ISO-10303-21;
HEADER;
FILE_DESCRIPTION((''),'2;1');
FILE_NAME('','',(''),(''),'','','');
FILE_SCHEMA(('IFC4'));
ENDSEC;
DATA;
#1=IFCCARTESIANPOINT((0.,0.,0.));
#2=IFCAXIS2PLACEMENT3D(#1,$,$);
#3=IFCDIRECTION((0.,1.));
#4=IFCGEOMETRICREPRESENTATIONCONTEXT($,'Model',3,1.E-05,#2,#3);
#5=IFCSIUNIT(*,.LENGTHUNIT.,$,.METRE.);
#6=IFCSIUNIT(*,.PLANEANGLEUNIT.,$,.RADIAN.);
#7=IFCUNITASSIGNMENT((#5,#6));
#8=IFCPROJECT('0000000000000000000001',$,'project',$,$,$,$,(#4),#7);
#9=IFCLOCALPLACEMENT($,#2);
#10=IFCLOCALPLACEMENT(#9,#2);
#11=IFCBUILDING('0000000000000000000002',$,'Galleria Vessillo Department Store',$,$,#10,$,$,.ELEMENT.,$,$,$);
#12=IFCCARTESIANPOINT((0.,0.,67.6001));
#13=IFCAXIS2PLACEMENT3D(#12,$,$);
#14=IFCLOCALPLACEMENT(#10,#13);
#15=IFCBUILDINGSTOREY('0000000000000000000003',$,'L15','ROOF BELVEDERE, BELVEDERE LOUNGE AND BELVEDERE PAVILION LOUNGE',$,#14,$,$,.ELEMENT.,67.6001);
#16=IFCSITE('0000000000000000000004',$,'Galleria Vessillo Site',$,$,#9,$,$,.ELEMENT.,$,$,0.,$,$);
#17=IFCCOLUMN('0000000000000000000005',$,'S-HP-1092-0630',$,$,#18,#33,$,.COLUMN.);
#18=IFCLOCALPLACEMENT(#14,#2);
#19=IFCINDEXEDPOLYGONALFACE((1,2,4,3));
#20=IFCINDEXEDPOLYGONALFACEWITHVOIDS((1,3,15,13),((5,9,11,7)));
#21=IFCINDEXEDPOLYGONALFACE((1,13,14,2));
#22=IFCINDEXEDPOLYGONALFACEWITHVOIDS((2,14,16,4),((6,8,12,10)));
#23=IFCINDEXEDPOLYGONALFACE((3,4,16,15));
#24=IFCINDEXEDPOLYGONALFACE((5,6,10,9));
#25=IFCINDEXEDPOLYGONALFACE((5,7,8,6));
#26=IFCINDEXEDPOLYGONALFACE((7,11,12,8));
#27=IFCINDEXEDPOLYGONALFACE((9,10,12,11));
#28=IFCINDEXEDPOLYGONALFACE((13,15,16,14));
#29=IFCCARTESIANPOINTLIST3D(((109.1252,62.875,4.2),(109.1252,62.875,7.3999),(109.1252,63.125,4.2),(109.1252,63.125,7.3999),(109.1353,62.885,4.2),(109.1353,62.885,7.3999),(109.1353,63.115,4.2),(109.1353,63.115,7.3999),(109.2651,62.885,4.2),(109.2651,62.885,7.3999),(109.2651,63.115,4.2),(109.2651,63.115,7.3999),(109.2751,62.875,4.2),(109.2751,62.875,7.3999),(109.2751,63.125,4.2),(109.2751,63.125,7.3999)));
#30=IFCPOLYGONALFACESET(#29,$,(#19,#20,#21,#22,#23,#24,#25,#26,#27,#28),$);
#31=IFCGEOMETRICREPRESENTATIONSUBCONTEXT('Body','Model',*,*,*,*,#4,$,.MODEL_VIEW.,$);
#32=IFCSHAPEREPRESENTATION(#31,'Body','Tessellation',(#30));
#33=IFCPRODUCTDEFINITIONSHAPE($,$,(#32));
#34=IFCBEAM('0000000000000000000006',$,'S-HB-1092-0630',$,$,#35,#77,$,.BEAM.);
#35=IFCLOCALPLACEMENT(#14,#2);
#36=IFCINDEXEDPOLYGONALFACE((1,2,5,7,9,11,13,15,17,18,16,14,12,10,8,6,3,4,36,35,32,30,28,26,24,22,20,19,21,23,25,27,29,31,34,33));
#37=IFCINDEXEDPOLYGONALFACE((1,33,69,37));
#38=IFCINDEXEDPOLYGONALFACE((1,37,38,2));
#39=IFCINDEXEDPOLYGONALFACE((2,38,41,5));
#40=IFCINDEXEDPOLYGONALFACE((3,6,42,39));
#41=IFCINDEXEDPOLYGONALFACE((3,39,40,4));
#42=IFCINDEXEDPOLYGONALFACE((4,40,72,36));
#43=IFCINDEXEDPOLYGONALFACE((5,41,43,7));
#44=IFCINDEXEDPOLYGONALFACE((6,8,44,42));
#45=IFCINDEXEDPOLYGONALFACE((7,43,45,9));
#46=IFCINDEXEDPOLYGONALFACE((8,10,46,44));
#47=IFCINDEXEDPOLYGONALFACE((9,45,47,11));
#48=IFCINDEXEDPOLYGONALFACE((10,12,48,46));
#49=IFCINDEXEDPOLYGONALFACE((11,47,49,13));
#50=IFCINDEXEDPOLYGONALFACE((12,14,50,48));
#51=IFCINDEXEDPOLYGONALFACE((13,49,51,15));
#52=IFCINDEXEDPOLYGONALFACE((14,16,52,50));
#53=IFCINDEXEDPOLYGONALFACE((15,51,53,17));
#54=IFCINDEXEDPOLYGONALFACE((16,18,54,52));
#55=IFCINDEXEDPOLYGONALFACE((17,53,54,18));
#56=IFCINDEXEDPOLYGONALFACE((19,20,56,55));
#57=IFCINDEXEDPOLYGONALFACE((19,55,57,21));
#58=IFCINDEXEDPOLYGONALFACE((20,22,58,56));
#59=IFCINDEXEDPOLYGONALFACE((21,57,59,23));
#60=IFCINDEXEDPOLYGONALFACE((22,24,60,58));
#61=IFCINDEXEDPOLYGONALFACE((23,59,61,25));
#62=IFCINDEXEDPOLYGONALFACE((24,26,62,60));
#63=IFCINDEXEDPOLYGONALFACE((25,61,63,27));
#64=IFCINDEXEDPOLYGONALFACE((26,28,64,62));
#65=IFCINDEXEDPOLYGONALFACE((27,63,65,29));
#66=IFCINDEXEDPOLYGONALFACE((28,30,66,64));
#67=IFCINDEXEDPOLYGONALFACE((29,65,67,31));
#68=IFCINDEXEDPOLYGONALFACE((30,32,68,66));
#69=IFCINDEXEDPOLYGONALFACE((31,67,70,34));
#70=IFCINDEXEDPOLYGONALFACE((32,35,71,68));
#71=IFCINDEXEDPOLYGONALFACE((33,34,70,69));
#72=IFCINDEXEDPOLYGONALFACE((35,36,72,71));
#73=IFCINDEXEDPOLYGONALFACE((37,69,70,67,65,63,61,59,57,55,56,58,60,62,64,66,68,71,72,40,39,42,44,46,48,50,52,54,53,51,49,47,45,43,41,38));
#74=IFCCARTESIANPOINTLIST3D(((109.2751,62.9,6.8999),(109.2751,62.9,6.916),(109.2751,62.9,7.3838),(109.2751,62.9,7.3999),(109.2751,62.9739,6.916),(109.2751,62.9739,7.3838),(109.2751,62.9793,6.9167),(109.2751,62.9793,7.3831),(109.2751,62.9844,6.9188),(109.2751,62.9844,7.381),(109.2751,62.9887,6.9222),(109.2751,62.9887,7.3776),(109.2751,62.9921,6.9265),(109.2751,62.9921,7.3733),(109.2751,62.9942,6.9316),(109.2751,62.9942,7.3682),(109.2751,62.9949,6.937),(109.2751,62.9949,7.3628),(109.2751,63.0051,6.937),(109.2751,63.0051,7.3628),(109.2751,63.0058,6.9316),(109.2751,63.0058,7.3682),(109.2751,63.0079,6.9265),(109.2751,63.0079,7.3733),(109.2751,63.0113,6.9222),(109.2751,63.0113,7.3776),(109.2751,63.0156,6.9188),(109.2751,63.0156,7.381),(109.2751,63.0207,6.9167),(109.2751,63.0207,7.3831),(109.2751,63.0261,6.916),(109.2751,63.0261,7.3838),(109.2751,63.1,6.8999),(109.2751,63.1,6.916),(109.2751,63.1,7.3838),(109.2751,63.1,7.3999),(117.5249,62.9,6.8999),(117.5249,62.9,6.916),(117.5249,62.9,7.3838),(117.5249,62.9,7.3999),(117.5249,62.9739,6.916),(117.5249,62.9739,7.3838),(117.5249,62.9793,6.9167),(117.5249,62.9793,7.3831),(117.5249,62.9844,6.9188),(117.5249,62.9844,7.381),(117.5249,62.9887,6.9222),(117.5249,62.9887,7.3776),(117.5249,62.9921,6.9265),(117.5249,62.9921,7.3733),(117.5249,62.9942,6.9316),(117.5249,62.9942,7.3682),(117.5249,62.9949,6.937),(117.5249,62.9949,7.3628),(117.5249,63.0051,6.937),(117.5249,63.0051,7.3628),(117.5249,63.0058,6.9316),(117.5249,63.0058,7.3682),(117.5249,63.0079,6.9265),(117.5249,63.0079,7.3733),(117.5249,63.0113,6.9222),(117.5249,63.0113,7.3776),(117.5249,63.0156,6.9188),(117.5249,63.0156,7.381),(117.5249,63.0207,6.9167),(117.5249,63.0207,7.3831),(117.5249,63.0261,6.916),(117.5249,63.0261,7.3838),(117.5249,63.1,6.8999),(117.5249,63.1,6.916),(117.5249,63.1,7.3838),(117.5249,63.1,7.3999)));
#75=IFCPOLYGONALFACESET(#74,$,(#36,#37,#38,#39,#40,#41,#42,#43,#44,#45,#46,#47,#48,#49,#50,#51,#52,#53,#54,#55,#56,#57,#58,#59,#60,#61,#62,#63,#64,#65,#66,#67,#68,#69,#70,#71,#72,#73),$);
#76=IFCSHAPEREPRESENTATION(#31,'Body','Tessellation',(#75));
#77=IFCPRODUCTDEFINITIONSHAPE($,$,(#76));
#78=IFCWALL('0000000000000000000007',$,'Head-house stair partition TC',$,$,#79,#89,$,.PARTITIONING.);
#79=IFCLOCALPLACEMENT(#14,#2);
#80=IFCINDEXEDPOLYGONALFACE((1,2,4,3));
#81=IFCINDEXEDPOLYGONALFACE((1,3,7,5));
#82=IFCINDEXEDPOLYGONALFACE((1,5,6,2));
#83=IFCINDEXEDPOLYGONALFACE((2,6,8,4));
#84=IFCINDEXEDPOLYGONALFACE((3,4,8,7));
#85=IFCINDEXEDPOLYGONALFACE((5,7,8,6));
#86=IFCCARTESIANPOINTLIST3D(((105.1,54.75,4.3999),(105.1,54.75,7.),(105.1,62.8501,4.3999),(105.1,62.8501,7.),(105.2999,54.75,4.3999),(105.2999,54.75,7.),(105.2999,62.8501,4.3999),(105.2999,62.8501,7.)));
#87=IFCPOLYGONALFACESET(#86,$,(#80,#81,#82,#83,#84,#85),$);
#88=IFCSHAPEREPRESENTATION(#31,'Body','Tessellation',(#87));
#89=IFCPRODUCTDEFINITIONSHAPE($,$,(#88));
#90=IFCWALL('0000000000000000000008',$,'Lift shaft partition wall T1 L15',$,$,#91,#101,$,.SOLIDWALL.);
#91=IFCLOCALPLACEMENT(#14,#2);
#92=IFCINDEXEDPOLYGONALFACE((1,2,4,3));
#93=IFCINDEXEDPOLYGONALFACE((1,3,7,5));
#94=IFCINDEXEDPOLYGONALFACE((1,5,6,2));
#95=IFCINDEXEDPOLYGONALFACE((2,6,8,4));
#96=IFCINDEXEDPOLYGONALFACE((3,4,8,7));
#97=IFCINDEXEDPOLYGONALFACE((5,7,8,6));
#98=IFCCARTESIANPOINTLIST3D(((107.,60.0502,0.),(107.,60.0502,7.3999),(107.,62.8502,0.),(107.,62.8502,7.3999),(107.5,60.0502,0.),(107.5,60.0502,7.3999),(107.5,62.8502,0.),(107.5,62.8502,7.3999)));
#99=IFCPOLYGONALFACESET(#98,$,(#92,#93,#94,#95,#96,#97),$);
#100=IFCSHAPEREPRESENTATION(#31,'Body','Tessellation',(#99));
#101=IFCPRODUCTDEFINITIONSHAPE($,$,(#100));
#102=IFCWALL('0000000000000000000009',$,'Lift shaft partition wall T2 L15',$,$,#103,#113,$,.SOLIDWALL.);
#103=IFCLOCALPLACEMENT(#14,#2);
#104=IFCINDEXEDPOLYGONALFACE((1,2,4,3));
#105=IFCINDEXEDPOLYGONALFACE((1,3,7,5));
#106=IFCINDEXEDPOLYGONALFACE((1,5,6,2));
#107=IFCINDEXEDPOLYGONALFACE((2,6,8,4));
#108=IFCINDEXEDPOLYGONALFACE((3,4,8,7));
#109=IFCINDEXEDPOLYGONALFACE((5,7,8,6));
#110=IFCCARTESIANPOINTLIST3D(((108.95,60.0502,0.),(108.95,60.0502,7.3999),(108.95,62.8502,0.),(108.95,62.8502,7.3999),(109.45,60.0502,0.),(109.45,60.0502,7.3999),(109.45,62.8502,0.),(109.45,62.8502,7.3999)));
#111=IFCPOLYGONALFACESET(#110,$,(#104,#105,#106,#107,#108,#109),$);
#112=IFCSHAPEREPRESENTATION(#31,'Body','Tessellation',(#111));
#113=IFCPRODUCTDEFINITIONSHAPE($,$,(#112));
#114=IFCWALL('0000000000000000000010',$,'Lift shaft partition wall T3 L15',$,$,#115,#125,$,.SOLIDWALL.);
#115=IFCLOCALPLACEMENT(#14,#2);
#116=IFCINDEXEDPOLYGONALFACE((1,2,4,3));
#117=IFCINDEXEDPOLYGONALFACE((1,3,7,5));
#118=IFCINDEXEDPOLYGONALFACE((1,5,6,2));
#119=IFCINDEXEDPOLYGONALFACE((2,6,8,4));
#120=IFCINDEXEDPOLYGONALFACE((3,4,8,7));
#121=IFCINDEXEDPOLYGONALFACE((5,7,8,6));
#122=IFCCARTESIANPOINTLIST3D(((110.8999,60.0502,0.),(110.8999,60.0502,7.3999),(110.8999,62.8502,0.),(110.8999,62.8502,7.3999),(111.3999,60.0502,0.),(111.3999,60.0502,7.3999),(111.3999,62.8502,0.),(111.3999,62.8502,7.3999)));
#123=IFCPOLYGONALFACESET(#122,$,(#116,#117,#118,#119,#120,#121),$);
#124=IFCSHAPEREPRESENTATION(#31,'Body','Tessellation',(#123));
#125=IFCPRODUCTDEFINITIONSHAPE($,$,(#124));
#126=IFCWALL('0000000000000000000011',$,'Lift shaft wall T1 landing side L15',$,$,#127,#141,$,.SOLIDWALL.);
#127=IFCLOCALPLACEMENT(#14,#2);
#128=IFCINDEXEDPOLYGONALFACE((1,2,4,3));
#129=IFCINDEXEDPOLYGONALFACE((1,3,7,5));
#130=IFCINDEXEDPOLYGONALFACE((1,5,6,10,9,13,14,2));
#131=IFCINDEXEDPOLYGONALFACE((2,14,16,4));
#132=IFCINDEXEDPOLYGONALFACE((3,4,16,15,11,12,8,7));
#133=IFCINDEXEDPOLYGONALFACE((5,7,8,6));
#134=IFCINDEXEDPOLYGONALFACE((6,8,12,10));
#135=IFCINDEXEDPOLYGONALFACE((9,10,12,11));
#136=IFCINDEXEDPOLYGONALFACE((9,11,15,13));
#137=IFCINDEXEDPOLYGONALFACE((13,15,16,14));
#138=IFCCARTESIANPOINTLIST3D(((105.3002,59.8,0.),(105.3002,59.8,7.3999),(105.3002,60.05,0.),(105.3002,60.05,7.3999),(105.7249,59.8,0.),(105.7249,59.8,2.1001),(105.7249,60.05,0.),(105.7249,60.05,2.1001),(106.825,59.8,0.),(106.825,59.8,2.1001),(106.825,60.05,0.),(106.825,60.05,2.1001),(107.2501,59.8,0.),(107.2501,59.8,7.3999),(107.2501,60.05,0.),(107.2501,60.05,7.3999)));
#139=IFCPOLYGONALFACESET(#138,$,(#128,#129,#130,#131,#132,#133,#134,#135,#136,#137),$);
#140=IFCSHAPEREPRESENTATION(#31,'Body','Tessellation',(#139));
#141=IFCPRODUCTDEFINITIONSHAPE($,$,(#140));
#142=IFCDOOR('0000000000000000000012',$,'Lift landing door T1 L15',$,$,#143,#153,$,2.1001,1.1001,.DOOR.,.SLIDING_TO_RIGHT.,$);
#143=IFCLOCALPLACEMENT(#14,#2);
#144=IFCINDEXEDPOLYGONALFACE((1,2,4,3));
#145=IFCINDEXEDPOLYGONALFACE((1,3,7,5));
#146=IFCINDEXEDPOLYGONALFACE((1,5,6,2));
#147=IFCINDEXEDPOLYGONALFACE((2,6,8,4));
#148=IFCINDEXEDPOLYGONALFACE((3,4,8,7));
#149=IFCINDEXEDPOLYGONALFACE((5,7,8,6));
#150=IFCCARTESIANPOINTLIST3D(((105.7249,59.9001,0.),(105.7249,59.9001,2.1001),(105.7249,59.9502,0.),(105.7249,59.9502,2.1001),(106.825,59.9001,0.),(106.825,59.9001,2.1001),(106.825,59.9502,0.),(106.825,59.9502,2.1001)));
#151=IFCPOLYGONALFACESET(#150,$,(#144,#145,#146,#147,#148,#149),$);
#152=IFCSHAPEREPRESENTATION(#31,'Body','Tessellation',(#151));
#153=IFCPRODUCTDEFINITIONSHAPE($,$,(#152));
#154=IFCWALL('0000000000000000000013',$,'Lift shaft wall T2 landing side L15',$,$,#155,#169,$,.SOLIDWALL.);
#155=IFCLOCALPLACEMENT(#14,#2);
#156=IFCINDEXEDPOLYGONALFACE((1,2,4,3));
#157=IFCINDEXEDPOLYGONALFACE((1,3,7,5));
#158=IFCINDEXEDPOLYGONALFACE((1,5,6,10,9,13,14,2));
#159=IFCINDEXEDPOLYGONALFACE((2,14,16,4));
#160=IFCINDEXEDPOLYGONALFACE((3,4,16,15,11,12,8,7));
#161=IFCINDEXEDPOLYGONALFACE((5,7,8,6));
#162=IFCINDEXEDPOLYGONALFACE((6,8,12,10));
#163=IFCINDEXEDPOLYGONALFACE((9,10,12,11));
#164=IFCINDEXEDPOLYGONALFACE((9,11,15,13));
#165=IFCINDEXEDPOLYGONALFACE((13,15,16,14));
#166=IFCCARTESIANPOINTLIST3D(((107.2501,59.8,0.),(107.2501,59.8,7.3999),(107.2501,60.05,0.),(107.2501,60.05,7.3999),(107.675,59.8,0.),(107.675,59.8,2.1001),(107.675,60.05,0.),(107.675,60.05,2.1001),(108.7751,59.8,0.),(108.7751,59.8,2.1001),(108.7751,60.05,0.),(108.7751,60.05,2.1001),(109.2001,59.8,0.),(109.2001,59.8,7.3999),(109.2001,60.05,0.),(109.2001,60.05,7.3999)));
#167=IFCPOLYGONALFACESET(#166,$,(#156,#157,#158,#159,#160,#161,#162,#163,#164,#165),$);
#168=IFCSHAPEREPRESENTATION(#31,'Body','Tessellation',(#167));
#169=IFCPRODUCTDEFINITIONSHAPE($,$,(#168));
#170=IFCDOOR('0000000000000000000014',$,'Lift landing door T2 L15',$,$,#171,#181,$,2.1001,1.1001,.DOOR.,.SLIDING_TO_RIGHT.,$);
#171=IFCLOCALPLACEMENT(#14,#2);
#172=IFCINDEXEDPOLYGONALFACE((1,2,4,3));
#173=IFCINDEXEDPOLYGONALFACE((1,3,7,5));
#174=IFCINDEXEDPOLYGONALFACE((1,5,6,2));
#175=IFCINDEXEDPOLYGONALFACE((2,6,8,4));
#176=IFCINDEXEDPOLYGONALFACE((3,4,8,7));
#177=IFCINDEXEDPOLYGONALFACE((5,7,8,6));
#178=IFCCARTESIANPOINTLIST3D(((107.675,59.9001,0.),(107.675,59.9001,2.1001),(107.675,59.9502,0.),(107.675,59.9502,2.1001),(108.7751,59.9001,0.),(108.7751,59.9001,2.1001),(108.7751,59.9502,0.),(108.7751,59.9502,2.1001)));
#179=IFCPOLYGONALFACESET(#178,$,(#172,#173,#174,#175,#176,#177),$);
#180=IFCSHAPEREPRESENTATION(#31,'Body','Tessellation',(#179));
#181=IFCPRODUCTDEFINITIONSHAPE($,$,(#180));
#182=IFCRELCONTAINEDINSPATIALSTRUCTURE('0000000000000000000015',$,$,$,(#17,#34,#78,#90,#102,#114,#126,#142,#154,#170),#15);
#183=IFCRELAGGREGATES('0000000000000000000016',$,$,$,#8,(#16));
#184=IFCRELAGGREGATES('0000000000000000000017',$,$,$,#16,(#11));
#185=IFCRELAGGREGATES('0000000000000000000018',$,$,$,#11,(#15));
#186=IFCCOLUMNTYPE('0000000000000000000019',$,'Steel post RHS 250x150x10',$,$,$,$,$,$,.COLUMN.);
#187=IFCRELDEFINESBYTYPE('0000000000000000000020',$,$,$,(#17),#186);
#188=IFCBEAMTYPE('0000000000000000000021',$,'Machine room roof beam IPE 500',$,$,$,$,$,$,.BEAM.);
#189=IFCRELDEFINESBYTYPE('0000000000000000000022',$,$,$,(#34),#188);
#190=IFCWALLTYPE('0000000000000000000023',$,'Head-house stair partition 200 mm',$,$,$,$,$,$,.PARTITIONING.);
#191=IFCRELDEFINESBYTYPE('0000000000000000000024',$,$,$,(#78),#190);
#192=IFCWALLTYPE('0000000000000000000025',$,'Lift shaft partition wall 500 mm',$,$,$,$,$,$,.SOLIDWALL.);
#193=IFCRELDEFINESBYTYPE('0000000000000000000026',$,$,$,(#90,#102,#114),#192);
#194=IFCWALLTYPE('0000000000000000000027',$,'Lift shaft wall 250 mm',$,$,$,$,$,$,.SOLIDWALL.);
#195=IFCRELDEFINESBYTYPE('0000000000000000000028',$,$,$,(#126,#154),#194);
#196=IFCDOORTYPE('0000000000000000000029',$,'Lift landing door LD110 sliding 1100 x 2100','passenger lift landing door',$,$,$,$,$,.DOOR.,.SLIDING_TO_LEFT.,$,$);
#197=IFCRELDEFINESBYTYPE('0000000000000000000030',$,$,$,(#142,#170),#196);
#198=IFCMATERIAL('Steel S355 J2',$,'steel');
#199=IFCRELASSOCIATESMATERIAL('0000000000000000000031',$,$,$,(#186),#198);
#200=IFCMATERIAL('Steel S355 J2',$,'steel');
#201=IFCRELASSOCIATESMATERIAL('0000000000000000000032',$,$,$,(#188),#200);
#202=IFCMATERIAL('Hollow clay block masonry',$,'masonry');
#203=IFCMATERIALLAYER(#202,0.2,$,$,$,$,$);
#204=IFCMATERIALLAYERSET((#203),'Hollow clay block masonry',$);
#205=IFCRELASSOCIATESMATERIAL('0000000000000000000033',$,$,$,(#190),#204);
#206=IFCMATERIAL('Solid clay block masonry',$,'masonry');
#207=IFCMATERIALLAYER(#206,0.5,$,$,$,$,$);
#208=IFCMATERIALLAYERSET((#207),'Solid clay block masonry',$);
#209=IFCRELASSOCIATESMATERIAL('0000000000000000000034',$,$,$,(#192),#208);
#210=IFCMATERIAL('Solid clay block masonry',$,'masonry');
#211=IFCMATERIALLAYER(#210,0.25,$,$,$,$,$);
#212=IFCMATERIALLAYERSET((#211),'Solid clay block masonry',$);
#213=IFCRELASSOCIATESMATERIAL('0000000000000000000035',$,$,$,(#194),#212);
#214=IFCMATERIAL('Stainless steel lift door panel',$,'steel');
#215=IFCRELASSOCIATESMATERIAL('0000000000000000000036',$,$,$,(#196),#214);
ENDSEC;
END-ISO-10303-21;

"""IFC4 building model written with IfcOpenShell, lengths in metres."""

from ifc_helpers import new_model, si_unit, direction, frame, frame_2d, origin, origin_2d, place, context, subcontext, project, spatial, rectangle, hollow_rectangle, i_section, extrude, material, layer, layer_set, material_profile, profile_set, type_object, element, fill, save


model = new_model("IFC4")

# Units and contexts
model_context = context("Model", 3, precision=1e-05, world=origin(), true_north=direction((0.0, 1.0)))
body_context = subcontext(model_context, "Body", "Model", "MODEL_VIEW")
ifc_project = project(units=[si_unit("LENGTHUNIT", "METRE"), si_unit("PLANEANGLEUNIT", "RADIAN")], contexts=[model_context])

# Site, building, storey
site_placement = place(None, origin())
site = spatial("IfcSite", under=ifc_project, at=site_placement, Name="Galleria Vessillo Site", CompositionType="ELEMENT", RefElevation=0.0)
building_placement = place(site_placement, origin())
building = spatial("IfcBuilding", under=site, at=building_placement, Name="Galleria Vessillo Department Store", CompositionType="ELEMENT")
storey_placement = place(building_placement, frame((0.0, 0.0, 67.6001)))
storey = spatial("IfcBuildingStorey", under=building, at=storey_placement, Name="L15", Description="ROOF BELVEDERE, BELVEDERE LOUNGE AND BELVEDERE PAVILION LOUNGE", CompositionType="ELEMENT", Elevation=67.6001)

# Column
ifc_material_1 = material(Name="Steel S355 J2", Category="steel")
ifc_material_profile_1 = material_profile(ifc_material_1, hollow_rectangle(XDim=0.1499, YDim=0.25, WallThickness=0.01, at=origin_2d()), Name="RHS 250x150x10")
ifc_profile_set_1 = profile_set([ifc_material_profile_1], Name="Steel S355 J2")
column_type = type_object("IfcColumnType", Name="Steel post RHS 250x150x10", PredefinedType="COLUMN", material=ifc_profile_set_1)
column_placement = place(storey_placement, frame((109.2002, 63.0, 4.2), z_axis=(0.0, 0.0, 1.0), x_axis=(1.0, 0.0, 0.0)))
element("IfcColumn", 1, at=column_placement, inside=storey, type_object=column_type, Name="S-HP-1092-0630", PredefinedType="COLUMN", context=body_context, shape_type="SweptSolid", body=[
    extrude(hollow_rectangle(XDim=0.1499, YDim=0.25, WallThickness=0.01, at=origin_2d()), origin(), (0.0, 0.0, 1.0), 3.2),
])

# Beam
ifc_material_2 = material(Name="Steel S355 J2", Category="steel")
ifc_material_profile_2 = material_profile(ifc_material_2, i_section(OverallWidth=0.2, OverallDepth=0.5, WebThickness=0.0103, FlangeThickness=0.0161, FilletRadius=0.021, at=origin_2d()), Name="IPE 500")
ifc_profile_set_2 = profile_set([ifc_material_profile_2], Name="Steel S355 J2")
beam_type = type_object("IfcBeamType", Name="Machine room roof beam IPE 500", PredefinedType="BEAM", material=ifc_profile_set_2)
beam_placement = place(storey_placement, frame((109.2751, 63.0, 7.1499), z_axis=(1.0, 0.0, 0.0), x_axis=(0.0, 1.0, 0.0)))
element("IfcBeam", 2, at=beam_placement, inside=storey, type_object=beam_type, Name="S-HB-1092-0630", PredefinedType="BEAM", context=body_context, shape_type="SweptSolid", body=[
    extrude(i_section(OverallWidth=0.2, OverallDepth=0.5, WebThickness=0.0103, FlangeThickness=0.0161, FilletRadius=0.021, at=origin_2d()), origin(), (0.0, 0.0, 1.0), 8.2498),
])

# Walls
ifc_material_3 = material(Name="Hollow clay block masonry", Category="masonry")
ifc_layer_1 = layer(ifc_material_3, 0.2)
ifc_layer_set_1 = layer_set([ifc_layer_1], Name="Hollow clay block masonry")
wall_type_1 = type_object("IfcWallType", Name="Head-house stair partition 200 mm", PredefinedType="PARTITIONING", material=ifc_layer_set_1)
wall_1_placement = place(storey_placement, frame((105.2, 62.8501, 4.3999), z_axis=(0.0, 0.0, 1.0), x_axis=(0.0, -1.0, 0.0)))
element("IfcWall", 3, at=wall_1_placement, inside=storey, type_object=wall_type_1, Name="Head-house stair partition TC", PredefinedType="PARTITIONING", context=body_context, shape_type="SweptSolid", body=[
    extrude(rectangle(XDim=8.1001, YDim=0.2, at=frame_2d((4.05, 0.0))), origin(), (0.0, 0.0, 1.0), 2.6001),
])
ifc_material_4 = material(Name="Solid clay block masonry", Category="masonry")
ifc_layer_2 = layer(ifc_material_4, 0.5)
ifc_layer_set_2 = layer_set([ifc_layer_2], Name="Solid clay block masonry")
wall_type_2 = type_object("IfcWallType", Name="Lift shaft partition wall 500 mm", PredefinedType="SOLIDWALL", material=ifc_layer_set_2)
for number, where, z_axis, x_axis, name in (
    (4, (107.25, 62.8501, 0.0), (0.0, 0.0, 1.0), (0.0, -1.0, 0.0), "Lift shaft partition wall T1 L15"),
    (5, (109.2, 62.8501, 0.0), (0.0, 0.0, 1.0), (0.0, -1.0, 0.0), "Lift shaft partition wall T2 L15"),
    (6, (111.1499, 62.8501, 0.0), (0.0, 0.0, 1.0), (0.0, -1.0, 0.0), "Lift shaft partition wall T3 L15"),
):
    element("IfcWall", number, at=place(storey_placement, frame(where, z_axis=z_axis, x_axis=x_axis)), inside=storey, type_object=wall_type_2, Name=name, PredefinedType="SOLIDWALL", context=body_context, shape_type="SweptSolid", body=[
        extrude(rectangle(XDim=2.8, YDim=0.5, at=frame_2d((1.3999, 0.0))), origin(), (0.0, 0.0, 1.0), 7.3999),
    ])

# Walls, openings, doors
ifc_material_5 = material(Name="Solid clay block masonry", Category="masonry")
ifc_layer_3 = layer(ifc_material_5, 0.25)
ifc_layer_set_3 = layer_set([ifc_layer_3], Name="Solid clay block masonry")
wall_type_3 = type_object("IfcWallType", Name="Lift shaft wall 250 mm", PredefinedType="SOLIDWALL", material=ifc_layer_set_3)
wall_2_placement = place(storey_placement, frame((105.3, 59.925, 0.0), z_axis=(0.0, 0.0, 1.0), x_axis=(1.0, 0.0, 0.0)))
wall_2 = element("IfcWall", 7, at=wall_2_placement, inside=storey, type_object=wall_type_3, Name="Lift shaft wall T1 landing side L15", PredefinedType="SOLIDWALL", context=body_context, shape_type="SweptSolid", body=[
    extrude(rectangle(XDim=1.95, YDim=0.25, at=frame_2d((0.9751, 0.0))), origin(), (0.0, 0.0, 1.0), 7.3999),
])
opening_1_placement = place(wall_2_placement, frame((0.4248, 0.0, 0.0)))
opening_1 = element("IfcOpeningElement", 8, at=opening_1_placement, cuts=wall_2, PredefinedType="OPENING", context=body_context, shape_type="SweptSolid", body=[
    extrude(rectangle(XDim=1.1001, YDim=2.1001, at=frame_2d((0.55, 1.05))), frame((0.0, 0.135, 0.0), z_axis=(0.0, -1.0, 0.0), x_axis=(1.0, 0.0, 0.0)), (0.0, 0.0, 1.0), 0.27),
])
ifc_material_6 = material(Name="Stainless steel lift door panel", Category="steel")
door_type_1 = type_object("IfcDoorType", Name="Lift landing door LD110 sliding 1100 x 2100", Description="passenger lift landing door", OperationType="SLIDING_TO_LEFT", PredefinedType="DOOR", material=ifc_material_6)
door_1_placement = place(opening_1_placement, frame((1.1001, 0.0, 0.0), z_axis=(0.0, 0.0, 1.0), x_axis=(-1.0, 0.0, 0.0)))
door_1 = element("IfcDoor", 9, at=door_1_placement, inside=storey, type_object=door_type_1, Name="Lift landing door T1 L15", OperationType="SLIDING_TO_RIGHT", OverallHeight=2.1001, OverallWidth=1.1001, PredefinedType="DOOR", context=body_context, shape_type="SweptSolid", body=[
    extrude(rectangle(XDim=1.1001, YDim=2.1001, at=frame_2d((0.55, 1.05))), frame((0.0, 0.0249, 0.0), z_axis=(0.0, -1.0, 0.0), x_axis=(1.0, 0.0, 0.0)), (0.0, 0.0, 1.0), 0.05),
])
fill(opening_1, door_1)
wall_3_placement = place(storey_placement, frame((107.25, 59.925, 0.0), z_axis=(0.0, 0.0, 1.0), x_axis=(1.0, 0.0, 0.0)))
wall_3 = element("IfcWall", 10, at=wall_3_placement, inside=storey, type_object=wall_type_3, Name="Lift shaft wall T2 landing side L15", PredefinedType="SOLIDWALL", context=body_context, shape_type="SweptSolid", body=[
    extrude(rectangle(XDim=1.95, YDim=0.25, at=frame_2d((0.9751, 0.0))), origin(), (0.0, 0.0, 1.0), 7.3999),
])
opening_2_placement = place(wall_3_placement, frame((0.425, 0.0, 0.0)))
opening_2 = element("IfcOpeningElement", 11, at=opening_2_placement, cuts=wall_3, PredefinedType="OPENING", context=body_context, shape_type="SweptSolid", body=[
    extrude(rectangle(XDim=1.1001, YDim=2.1001, at=frame_2d((0.55, 1.05))), frame((0.0, 0.135, 0.0), z_axis=(0.0, -1.0, 0.0), x_axis=(1.0, 0.0, 0.0)), (0.0, 0.0, 1.0), 0.27),
])
door_2_placement = place(opening_2_placement, frame((1.1001, 0.0, 0.0), z_axis=(0.0, 0.0, 1.0), x_axis=(-1.0, 0.0, 0.0)))
door_2 = element("IfcDoor", 12, at=door_2_placement, inside=storey, type_object=door_type_1, Name="Lift landing door T2 L15", OperationType="SLIDING_TO_RIGHT", OverallHeight=2.1001, OverallWidth=1.1001, PredefinedType="DOOR", context=body_context, shape_type="SweptSolid", body=[
    extrude(rectangle(XDim=1.1001, YDim=2.1001, at=frame_2d((0.55, 1.05))), frame((0.0, 0.0249, 0.0), z_axis=(0.0, -1.0, 0.0), x_axis=(1.0, 0.0, 0.0)), (0.0, 0.0, 1.0), 0.05),
])
fill(opening_2, door_2)

save(model, "model.ifc")
